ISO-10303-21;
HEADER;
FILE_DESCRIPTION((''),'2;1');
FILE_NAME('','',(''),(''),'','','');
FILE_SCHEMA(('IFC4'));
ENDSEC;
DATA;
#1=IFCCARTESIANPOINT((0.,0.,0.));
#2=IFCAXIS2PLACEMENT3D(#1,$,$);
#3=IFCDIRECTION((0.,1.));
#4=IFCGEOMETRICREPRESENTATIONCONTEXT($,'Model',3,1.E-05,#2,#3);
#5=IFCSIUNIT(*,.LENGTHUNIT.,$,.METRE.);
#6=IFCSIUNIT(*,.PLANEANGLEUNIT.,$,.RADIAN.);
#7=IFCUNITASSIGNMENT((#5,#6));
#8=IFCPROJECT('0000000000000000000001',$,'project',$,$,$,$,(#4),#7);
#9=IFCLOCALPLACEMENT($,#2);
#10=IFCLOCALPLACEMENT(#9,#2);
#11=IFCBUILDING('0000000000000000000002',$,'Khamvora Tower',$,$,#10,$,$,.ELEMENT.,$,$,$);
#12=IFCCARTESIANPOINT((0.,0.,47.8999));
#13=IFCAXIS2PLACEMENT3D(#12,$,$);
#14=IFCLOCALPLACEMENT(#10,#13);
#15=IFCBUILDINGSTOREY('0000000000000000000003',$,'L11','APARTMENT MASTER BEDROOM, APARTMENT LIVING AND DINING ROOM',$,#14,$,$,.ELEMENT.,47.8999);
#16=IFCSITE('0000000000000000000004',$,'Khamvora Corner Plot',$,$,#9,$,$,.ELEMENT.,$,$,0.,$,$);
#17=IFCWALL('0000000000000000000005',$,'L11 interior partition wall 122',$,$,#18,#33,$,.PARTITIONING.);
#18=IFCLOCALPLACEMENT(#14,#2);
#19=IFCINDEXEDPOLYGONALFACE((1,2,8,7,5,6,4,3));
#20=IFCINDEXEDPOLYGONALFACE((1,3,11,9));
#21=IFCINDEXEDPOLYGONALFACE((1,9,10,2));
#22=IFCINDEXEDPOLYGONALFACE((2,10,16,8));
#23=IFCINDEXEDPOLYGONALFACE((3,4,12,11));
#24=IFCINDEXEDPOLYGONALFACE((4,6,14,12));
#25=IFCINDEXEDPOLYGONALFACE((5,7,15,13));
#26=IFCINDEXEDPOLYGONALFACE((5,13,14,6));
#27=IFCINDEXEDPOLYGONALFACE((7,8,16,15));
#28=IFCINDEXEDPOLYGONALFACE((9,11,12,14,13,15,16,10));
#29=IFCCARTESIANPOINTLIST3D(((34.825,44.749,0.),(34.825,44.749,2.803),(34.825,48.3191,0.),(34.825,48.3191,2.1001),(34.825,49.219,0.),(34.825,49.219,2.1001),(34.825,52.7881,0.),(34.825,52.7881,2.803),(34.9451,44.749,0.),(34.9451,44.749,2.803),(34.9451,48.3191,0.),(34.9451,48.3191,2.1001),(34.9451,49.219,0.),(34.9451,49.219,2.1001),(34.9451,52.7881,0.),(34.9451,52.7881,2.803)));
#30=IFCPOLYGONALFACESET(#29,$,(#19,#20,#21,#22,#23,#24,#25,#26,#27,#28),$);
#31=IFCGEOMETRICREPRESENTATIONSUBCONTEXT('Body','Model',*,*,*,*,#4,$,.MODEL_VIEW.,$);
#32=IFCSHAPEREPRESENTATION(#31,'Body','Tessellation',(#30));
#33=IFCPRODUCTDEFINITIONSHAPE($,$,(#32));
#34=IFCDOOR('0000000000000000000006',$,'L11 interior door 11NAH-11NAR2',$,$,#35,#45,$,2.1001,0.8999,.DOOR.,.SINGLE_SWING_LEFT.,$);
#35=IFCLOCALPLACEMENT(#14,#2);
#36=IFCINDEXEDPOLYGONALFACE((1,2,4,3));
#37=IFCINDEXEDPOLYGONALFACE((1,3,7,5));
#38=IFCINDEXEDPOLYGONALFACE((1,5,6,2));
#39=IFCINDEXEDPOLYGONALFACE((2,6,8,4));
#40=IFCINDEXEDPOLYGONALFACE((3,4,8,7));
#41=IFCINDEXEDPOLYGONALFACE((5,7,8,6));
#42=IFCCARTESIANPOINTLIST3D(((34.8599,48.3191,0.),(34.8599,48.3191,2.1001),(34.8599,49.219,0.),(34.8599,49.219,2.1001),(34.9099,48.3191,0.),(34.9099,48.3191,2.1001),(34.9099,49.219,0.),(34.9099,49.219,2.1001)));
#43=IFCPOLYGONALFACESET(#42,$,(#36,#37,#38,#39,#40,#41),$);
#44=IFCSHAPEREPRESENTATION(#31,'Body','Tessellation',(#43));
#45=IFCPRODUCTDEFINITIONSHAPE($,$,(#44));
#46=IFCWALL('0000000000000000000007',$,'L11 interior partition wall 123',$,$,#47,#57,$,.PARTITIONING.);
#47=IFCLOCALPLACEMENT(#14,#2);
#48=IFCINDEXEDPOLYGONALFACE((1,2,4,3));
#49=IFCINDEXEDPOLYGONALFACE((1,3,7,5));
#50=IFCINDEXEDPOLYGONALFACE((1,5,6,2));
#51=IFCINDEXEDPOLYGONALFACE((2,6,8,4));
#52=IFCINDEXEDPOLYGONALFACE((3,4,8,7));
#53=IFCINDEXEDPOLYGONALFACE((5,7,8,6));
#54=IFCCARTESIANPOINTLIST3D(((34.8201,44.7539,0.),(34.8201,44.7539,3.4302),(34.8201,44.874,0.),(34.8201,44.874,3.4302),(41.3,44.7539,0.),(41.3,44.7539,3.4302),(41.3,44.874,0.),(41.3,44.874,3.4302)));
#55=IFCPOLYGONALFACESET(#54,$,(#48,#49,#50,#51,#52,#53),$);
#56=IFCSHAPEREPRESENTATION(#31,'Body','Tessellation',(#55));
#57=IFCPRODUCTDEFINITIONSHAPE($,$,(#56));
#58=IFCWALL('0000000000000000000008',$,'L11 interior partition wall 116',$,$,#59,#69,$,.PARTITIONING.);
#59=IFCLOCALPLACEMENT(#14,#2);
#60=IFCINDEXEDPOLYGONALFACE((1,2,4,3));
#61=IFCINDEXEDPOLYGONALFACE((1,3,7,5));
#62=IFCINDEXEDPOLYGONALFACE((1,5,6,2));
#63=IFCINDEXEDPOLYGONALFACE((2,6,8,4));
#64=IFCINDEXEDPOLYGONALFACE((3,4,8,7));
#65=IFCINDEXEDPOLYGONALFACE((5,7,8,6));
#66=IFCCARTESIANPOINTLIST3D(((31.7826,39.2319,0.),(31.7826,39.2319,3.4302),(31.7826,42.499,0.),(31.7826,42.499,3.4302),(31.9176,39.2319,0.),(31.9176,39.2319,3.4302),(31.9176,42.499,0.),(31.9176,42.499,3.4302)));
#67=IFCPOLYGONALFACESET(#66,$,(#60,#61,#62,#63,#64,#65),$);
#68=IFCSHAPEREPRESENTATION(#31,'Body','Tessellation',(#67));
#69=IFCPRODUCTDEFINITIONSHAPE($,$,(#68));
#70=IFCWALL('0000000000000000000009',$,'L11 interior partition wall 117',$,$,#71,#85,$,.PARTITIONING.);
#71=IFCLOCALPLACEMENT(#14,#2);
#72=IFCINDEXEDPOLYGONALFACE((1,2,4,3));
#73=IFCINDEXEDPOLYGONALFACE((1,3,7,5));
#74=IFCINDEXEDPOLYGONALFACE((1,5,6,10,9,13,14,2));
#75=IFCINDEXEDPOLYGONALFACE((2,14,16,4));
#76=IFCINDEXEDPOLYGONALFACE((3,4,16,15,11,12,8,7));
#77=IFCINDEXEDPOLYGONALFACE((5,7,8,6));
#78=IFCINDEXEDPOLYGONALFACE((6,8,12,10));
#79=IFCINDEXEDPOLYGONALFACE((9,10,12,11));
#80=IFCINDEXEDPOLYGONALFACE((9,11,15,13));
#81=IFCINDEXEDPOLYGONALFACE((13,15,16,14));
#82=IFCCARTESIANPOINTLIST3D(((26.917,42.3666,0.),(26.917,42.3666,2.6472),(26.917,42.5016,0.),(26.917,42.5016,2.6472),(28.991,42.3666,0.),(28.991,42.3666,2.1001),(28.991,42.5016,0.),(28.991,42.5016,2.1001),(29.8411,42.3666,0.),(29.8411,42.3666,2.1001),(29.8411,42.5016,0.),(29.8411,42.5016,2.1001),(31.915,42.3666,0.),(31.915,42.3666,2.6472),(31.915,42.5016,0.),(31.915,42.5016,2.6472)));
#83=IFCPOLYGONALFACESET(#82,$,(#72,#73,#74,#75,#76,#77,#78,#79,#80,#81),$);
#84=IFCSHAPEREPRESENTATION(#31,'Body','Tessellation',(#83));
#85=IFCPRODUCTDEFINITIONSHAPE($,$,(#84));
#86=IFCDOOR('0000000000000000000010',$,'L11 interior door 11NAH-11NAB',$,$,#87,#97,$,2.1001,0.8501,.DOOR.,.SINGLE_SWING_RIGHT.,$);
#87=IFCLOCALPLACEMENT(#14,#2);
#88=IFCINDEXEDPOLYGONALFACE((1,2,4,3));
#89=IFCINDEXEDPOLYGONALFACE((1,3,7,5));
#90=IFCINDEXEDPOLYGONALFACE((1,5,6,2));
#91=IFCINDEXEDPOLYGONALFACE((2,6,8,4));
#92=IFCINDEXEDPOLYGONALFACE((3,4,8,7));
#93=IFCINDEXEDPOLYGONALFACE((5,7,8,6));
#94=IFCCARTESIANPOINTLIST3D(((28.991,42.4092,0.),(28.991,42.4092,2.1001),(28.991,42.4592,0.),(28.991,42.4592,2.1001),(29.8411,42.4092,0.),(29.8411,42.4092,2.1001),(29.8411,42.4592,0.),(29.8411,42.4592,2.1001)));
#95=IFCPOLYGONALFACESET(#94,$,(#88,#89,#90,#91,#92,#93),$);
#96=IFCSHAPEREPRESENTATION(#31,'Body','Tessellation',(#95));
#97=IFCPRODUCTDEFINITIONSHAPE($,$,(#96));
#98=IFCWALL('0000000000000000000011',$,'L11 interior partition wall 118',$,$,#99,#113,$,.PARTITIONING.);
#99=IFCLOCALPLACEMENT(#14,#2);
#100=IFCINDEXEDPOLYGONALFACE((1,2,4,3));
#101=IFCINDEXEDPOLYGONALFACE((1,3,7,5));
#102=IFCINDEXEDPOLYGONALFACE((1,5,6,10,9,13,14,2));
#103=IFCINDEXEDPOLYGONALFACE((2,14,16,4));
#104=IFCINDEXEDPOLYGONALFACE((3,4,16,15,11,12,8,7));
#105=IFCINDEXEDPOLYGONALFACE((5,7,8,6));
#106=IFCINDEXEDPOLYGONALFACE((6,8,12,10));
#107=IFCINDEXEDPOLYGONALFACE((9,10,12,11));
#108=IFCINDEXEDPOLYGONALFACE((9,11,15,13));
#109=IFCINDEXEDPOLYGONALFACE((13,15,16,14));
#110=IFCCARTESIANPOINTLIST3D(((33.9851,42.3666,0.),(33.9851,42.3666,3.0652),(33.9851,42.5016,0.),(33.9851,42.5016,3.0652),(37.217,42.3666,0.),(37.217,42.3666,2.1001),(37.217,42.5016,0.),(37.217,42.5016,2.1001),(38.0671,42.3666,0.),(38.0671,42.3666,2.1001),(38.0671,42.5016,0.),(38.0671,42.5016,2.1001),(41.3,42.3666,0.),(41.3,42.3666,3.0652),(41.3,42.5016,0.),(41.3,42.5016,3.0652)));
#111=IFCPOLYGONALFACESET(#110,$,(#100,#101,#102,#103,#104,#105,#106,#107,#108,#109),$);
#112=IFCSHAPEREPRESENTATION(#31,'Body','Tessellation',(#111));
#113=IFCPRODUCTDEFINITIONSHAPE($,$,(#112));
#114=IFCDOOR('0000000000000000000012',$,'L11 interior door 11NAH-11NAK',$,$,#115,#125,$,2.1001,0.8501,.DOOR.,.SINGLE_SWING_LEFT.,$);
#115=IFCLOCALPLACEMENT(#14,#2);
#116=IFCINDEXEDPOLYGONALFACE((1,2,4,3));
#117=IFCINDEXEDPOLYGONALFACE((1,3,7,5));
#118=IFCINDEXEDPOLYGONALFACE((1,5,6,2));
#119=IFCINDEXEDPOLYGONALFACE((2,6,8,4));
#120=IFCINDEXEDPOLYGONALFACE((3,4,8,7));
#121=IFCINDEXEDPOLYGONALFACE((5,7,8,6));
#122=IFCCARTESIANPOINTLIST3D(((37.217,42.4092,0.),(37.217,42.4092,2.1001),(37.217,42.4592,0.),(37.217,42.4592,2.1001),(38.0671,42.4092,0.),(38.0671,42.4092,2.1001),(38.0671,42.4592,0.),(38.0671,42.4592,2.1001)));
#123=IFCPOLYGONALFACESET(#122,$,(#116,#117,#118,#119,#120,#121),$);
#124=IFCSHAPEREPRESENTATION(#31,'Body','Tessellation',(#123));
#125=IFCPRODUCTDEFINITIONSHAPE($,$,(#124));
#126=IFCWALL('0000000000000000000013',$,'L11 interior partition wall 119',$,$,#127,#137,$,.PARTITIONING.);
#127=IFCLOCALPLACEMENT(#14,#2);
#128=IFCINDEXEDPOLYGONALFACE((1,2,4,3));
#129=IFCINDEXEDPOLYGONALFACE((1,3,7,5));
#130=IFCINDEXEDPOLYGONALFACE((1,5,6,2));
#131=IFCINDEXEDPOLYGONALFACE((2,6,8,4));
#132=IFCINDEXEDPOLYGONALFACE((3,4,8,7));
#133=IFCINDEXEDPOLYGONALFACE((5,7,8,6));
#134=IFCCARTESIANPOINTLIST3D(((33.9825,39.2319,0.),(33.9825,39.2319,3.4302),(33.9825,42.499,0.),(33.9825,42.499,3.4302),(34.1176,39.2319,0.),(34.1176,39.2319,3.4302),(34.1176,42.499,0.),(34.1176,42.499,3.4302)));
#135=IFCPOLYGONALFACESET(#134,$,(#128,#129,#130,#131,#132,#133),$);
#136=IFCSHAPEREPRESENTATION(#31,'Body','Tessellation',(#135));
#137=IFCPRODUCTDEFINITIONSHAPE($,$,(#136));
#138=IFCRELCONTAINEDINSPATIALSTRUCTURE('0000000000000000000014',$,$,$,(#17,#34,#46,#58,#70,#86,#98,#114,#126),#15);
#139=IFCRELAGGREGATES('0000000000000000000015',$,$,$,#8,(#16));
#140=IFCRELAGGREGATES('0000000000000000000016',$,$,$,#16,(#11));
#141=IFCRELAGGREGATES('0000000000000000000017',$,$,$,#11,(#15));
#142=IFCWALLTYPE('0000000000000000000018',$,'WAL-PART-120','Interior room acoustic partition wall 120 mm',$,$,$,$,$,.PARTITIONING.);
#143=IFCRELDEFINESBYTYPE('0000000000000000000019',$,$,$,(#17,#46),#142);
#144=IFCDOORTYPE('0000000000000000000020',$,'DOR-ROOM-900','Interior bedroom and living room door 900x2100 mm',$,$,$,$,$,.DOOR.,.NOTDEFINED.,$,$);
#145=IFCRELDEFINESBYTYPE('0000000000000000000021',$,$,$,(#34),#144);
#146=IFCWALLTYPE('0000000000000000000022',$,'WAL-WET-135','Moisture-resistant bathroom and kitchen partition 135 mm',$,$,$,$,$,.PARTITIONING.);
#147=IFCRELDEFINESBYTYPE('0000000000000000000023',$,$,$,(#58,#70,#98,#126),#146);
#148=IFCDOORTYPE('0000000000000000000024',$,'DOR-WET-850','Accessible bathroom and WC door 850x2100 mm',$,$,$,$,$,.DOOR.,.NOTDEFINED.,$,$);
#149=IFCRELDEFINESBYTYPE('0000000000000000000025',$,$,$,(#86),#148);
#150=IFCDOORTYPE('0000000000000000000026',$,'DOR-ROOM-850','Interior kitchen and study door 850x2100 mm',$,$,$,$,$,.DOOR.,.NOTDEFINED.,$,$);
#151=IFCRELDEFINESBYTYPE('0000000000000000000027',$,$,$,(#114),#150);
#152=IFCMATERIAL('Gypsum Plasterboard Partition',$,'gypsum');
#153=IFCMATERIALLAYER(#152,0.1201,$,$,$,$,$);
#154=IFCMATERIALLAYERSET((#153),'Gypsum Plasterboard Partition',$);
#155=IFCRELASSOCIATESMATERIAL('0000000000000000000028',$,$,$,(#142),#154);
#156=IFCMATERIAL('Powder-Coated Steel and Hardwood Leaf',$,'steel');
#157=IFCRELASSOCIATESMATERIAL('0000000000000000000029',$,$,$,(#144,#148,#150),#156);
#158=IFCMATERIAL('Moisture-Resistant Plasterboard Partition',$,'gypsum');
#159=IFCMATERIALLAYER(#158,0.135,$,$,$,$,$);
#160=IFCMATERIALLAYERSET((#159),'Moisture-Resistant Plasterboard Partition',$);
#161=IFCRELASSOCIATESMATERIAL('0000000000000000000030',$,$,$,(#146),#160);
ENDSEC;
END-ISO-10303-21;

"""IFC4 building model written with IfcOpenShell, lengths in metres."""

from ifc_helpers import new_model, si_unit, direction, frame, frame_2d, origin, place, context, subcontext, project, spatial, rectangle, extrude, material, layer, layer_set, type_object, element, fill, save


model = new_model("IFC4")

# Units and contexts
model_context = context("Model", 3, precision=1e-05, world=origin(), true_north=direction((0.0, 1.0)))
body_context = subcontext(model_context, "Body", "Model", "MODEL_VIEW")
ifc_project = project(units=[si_unit("LENGTHUNIT", "METRE"), si_unit("PLANEANGLEUNIT", "RADIAN")], contexts=[model_context])

# Site, building, storey
site_placement = place(None, origin())
site = spatial("IfcSite", under=ifc_project, at=site_placement, Name="Khamvora Corner Plot", CompositionType="ELEMENT", RefElevation=0.0)
building_placement = place(site_placement, origin())
building = spatial("IfcBuilding", under=site, at=building_placement, Name="Khamvora Tower", CompositionType="ELEMENT")
storey_placement = place(building_placement, frame((0.0, 0.0, 47.8999)))
storey = spatial("IfcBuildingStorey", under=building, at=storey_placement, Name="L11", Description="APARTMENT MASTER BEDROOM, APARTMENT LIVING AND DINING ROOM", CompositionType="ELEMENT", Elevation=47.8999)

# Shared definitions
ifc_material_1 = material(Name="Powder-Coated Steel and Hardwood Leaf", Category="steel")

# Wall, opening, door
ifc_material_2 = material(Name="Gypsum Plasterboard Partition", Category="gypsum")
ifc_layer_1 = layer(ifc_material_2, 0.1201)
ifc_layer_set_1 = layer_set([ifc_layer_1], Name="Gypsum Plasterboard Partition")
wall_type_1 = type_object("IfcWallType", Name="WAL-PART-120", Description="Interior room acoustic partition wall 120 mm", PredefinedType="PARTITIONING", material=ifc_layer_set_1)
door_type_1 = type_object("IfcDoorType", Name="DOR-ROOM-900", Description="Interior bedroom and living room door 900x2100 mm", OperationType="NOTDEFINED", PredefinedType="DOOR", material=ifc_material_1)
wall_1_placement = place(storey_placement, frame((34.885, 52.7881, 0.0), z_axis=(0.0, 0.0, 1.0), x_axis=(0.0, -1.0, 0.0)))
wall_1 = element("IfcWall", 1, at=wall_1_placement, inside=storey, type_object=wall_type_1, Name="L11 interior partition wall 122", PredefinedType="PARTITIONING", context=body_context, shape_type="SweptSolid", body=[
    extrude(rectangle(XDim=8.0391, YDim=0.1201, at=frame_2d((4.0195, 0.0))), origin(), (0.0, 0.0, 1.0), 2.803),
])
opening_1_placement = place(wall_1_placement, frame((3.5691, 0.0, 0.0)))
opening_1 = element("IfcOpeningElement", 2, at=opening_1_placement, cuts=wall_1, PredefinedType="OPENING", context=body_context, shape_type="SweptSolid", body=[
    extrude(rectangle(XDim=0.8999, YDim=2.1001, at=frame_2d((0.45, 1.05))), frame((0.0, 0.0701, 0.0), z_axis=(0.0, -1.0, 0.0), x_axis=(1.0, 0.0, 0.0)), (0.0, 0.0, 1.0), 0.1401),
])
door_1_placement = place(opening_1_placement, origin())
door_1 = element("IfcDoor", 3, at=door_1_placement, inside=storey, type_object=door_type_1, Name="L11 interior door 11NAH-11NAR2", OperationType="SINGLE_SWING_LEFT", OverallHeight=2.1001, OverallWidth=0.8999, PredefinedType="DOOR", context=body_context, shape_type="SweptSolid", body=[
    extrude(rectangle(XDim=0.8999, YDim=2.1001, at=frame_2d((0.45, 1.05))), frame((0.0, 0.0249, 0.0), z_axis=(0.0, -1.0, 0.0), x_axis=(1.0, 0.0, 0.0)), (0.0, 0.0, 1.0), 0.05),
])
fill(opening_1, door_1)

# Walls
wall_2_placement = place(storey_placement, frame((34.8201, 44.814, 0.0), z_axis=(0.0, 0.0, 1.0), x_axis=(1.0, 0.0, 0.0)))
element("IfcWall", 4, at=wall_2_placement, inside=storey, type_object=wall_type_1, Name="L11 interior partition wall 123", PredefinedType="PARTITIONING", context=body_context, shape_type="SweptSolid", body=[
    extrude(rectangle(XDim=6.48, YDim=0.1201, at=frame_2d((3.24, 0.0))), origin(), (0.0, 0.0, 1.0), 3.4302),
])
ifc_material_3 = material(Name="Moisture-Resistant Plasterboard Partition", Category="gypsum")
ifc_layer_2 = layer(ifc_material_3, 0.135)
ifc_layer_set_2 = layer_set([ifc_layer_2], Name="Moisture-Resistant Plasterboard Partition")
wall_type_2 = type_object("IfcWallType", Name="WAL-WET-135", Description="Moisture-resistant bathroom and kitchen partition 135 mm", PredefinedType="PARTITIONING", material=ifc_layer_set_2)
wall_3_placement = place(storey_placement, frame((31.8501, 39.2319, 0.0), z_axis=(0.0, 0.0, 1.0), x_axis=(0.0, 1.0, 0.0)))
element("IfcWall", 5, at=wall_3_placement, inside=storey, type_object=wall_type_2, Name="L11 interior partition wall 116", PredefinedType="PARTITIONING", context=body_context, shape_type="SweptSolid", body=[
    extrude(rectangle(XDim=3.2671, YDim=0.135, at=frame_2d((1.6335, 0.0))), origin(), (0.0, 0.0, 1.0), 3.4302),
])

# Walls, openings, doors
wall_4_placement = place(storey_placement, frame((31.915, 42.4341, 0.0), z_axis=(0.0, 0.0, 1.0), x_axis=(-1.0, 0.0, 0.0)))
wall_4 = element("IfcWall", 6, at=wall_4_placement, inside=storey, type_object=wall_type_2, Name="L11 interior partition wall 117", PredefinedType="PARTITIONING", context=body_context, shape_type="SweptSolid", body=[
    extrude(rectangle(XDim=4.998, YDim=0.135, at=frame_2d((2.499, 0.0))), origin(), (0.0, 0.0, 1.0), 2.6472),
])
opening_2_placement = place(wall_4_placement, frame((2.074, 0.0, 0.0)))
opening_2 = element("IfcOpeningElement", 7, at=opening_2_placement, cuts=wall_4, PredefinedType="OPENING", context=body_context, shape_type="SweptSolid", body=[
    extrude(rectangle(XDim=0.8501, YDim=2.1001, at=frame_2d((0.425, 1.05))), frame((0.0, 0.0774, 0.0), z_axis=(0.0, -1.0, 0.0), x_axis=(1.0, 0.0, 0.0)), (0.0, 0.0, 1.0), 0.155),
])
door_type_2 = type_object("IfcDoorType", Name="DOR-WET-850", Description="Accessible bathroom and WC door 850x2100 mm", OperationType="NOTDEFINED", PredefinedType="DOOR", material=ifc_material_1)
door_2_placement = place(opening_2_placement, origin())
door_2 = element("IfcDoor", 8, at=door_2_placement, inside=storey, type_object=door_type_2, Name="L11 interior door 11NAH-11NAB", OperationType="SINGLE_SWING_RIGHT", OverallHeight=2.1001, OverallWidth=0.8501, PredefinedType="DOOR", context=body_context, shape_type="SweptSolid", body=[
    extrude(rectangle(XDim=0.8501, YDim=2.1001, at=frame_2d((0.425, 1.05))), frame((0.0, 0.0249, 0.0), z_axis=(0.0, -1.0, 0.0), x_axis=(1.0, 0.0, 0.0)), (0.0, 0.0, 1.0), 0.05),
])
fill(opening_2, door_2)
wall_5_placement = place(storey_placement, frame((41.3, 42.4341, 0.0), z_axis=(0.0, 0.0, 1.0), x_axis=(-1.0, 0.0, 0.0)))
wall_5 = element("IfcWall", 9, at=wall_5_placement, inside=storey, type_object=wall_type_2, Name="L11 interior partition wall 118", PredefinedType="PARTITIONING", context=body_context, shape_type="SweptSolid", body=[
    extrude(rectangle(XDim=7.3149, YDim=0.135, at=frame_2d((3.6575, 0.0))), origin(), (0.0, 0.0, 1.0), 3.0652),
])
opening_3_placement = place(wall_5_placement, frame((3.2329, 0.0, 0.0)))
opening_3 = element("IfcOpeningElement", 10, at=opening_3_placement, cuts=wall_5, PredefinedType="OPENING", context=body_context, shape_type="SweptSolid", body=[
    extrude(rectangle(XDim=0.8501, YDim=2.1001, at=frame_2d((0.425, 1.05))), frame((0.0, 0.0774, 0.0), z_axis=(0.0, -1.0, 0.0), x_axis=(1.0, 0.0, 0.0)), (0.0, 0.0, 1.0), 0.155),
])
door_type_3 = type_object("IfcDoorType", Name="DOR-ROOM-850", Description="Interior kitchen and study door 850x2100 mm", OperationType="NOTDEFINED", PredefinedType="DOOR", material=ifc_material_1)
door_3_placement = place(opening_3_placement, origin())
door_3 = element("IfcDoor", 11, at=door_3_placement, inside=storey, type_object=door_type_3, Name="L11 interior door 11NAH-11NAK", OperationType="SINGLE_SWING_LEFT", OverallHeight=2.1001, OverallWidth=0.8501, PredefinedType="DOOR", context=body_context, shape_type="SweptSolid", body=[
    extrude(rectangle(XDim=0.8501, YDim=2.1001, at=frame_2d((0.425, 1.05))), frame((0.0, 0.0249, 0.0), z_axis=(0.0, -1.0, 0.0), x_axis=(1.0, 0.0, 0.0)), (0.0, 0.0, 1.0), 0.05),
])
fill(opening_3, door_3)

# Wall
wall_6_placement = place(storey_placement, frame((34.05, 42.499, 0.0), z_axis=(0.0, 0.0, 1.0), x_axis=(0.0, -1.0, 0.0)))
element("IfcWall", 12, at=wall_6_placement, inside=storey, type_object=wall_type_2, Name="L11 interior partition wall 119", PredefinedType="PARTITIONING", context=body_context, shape_type="SweptSolid", body=[
    extrude(rectangle(XDim=3.2671, YDim=0.135, at=frame_2d((1.6335, 0.0))), origin(), (0.0, 0.0, 1.0), 3.4302),
])

save(model, "model.ifc")
